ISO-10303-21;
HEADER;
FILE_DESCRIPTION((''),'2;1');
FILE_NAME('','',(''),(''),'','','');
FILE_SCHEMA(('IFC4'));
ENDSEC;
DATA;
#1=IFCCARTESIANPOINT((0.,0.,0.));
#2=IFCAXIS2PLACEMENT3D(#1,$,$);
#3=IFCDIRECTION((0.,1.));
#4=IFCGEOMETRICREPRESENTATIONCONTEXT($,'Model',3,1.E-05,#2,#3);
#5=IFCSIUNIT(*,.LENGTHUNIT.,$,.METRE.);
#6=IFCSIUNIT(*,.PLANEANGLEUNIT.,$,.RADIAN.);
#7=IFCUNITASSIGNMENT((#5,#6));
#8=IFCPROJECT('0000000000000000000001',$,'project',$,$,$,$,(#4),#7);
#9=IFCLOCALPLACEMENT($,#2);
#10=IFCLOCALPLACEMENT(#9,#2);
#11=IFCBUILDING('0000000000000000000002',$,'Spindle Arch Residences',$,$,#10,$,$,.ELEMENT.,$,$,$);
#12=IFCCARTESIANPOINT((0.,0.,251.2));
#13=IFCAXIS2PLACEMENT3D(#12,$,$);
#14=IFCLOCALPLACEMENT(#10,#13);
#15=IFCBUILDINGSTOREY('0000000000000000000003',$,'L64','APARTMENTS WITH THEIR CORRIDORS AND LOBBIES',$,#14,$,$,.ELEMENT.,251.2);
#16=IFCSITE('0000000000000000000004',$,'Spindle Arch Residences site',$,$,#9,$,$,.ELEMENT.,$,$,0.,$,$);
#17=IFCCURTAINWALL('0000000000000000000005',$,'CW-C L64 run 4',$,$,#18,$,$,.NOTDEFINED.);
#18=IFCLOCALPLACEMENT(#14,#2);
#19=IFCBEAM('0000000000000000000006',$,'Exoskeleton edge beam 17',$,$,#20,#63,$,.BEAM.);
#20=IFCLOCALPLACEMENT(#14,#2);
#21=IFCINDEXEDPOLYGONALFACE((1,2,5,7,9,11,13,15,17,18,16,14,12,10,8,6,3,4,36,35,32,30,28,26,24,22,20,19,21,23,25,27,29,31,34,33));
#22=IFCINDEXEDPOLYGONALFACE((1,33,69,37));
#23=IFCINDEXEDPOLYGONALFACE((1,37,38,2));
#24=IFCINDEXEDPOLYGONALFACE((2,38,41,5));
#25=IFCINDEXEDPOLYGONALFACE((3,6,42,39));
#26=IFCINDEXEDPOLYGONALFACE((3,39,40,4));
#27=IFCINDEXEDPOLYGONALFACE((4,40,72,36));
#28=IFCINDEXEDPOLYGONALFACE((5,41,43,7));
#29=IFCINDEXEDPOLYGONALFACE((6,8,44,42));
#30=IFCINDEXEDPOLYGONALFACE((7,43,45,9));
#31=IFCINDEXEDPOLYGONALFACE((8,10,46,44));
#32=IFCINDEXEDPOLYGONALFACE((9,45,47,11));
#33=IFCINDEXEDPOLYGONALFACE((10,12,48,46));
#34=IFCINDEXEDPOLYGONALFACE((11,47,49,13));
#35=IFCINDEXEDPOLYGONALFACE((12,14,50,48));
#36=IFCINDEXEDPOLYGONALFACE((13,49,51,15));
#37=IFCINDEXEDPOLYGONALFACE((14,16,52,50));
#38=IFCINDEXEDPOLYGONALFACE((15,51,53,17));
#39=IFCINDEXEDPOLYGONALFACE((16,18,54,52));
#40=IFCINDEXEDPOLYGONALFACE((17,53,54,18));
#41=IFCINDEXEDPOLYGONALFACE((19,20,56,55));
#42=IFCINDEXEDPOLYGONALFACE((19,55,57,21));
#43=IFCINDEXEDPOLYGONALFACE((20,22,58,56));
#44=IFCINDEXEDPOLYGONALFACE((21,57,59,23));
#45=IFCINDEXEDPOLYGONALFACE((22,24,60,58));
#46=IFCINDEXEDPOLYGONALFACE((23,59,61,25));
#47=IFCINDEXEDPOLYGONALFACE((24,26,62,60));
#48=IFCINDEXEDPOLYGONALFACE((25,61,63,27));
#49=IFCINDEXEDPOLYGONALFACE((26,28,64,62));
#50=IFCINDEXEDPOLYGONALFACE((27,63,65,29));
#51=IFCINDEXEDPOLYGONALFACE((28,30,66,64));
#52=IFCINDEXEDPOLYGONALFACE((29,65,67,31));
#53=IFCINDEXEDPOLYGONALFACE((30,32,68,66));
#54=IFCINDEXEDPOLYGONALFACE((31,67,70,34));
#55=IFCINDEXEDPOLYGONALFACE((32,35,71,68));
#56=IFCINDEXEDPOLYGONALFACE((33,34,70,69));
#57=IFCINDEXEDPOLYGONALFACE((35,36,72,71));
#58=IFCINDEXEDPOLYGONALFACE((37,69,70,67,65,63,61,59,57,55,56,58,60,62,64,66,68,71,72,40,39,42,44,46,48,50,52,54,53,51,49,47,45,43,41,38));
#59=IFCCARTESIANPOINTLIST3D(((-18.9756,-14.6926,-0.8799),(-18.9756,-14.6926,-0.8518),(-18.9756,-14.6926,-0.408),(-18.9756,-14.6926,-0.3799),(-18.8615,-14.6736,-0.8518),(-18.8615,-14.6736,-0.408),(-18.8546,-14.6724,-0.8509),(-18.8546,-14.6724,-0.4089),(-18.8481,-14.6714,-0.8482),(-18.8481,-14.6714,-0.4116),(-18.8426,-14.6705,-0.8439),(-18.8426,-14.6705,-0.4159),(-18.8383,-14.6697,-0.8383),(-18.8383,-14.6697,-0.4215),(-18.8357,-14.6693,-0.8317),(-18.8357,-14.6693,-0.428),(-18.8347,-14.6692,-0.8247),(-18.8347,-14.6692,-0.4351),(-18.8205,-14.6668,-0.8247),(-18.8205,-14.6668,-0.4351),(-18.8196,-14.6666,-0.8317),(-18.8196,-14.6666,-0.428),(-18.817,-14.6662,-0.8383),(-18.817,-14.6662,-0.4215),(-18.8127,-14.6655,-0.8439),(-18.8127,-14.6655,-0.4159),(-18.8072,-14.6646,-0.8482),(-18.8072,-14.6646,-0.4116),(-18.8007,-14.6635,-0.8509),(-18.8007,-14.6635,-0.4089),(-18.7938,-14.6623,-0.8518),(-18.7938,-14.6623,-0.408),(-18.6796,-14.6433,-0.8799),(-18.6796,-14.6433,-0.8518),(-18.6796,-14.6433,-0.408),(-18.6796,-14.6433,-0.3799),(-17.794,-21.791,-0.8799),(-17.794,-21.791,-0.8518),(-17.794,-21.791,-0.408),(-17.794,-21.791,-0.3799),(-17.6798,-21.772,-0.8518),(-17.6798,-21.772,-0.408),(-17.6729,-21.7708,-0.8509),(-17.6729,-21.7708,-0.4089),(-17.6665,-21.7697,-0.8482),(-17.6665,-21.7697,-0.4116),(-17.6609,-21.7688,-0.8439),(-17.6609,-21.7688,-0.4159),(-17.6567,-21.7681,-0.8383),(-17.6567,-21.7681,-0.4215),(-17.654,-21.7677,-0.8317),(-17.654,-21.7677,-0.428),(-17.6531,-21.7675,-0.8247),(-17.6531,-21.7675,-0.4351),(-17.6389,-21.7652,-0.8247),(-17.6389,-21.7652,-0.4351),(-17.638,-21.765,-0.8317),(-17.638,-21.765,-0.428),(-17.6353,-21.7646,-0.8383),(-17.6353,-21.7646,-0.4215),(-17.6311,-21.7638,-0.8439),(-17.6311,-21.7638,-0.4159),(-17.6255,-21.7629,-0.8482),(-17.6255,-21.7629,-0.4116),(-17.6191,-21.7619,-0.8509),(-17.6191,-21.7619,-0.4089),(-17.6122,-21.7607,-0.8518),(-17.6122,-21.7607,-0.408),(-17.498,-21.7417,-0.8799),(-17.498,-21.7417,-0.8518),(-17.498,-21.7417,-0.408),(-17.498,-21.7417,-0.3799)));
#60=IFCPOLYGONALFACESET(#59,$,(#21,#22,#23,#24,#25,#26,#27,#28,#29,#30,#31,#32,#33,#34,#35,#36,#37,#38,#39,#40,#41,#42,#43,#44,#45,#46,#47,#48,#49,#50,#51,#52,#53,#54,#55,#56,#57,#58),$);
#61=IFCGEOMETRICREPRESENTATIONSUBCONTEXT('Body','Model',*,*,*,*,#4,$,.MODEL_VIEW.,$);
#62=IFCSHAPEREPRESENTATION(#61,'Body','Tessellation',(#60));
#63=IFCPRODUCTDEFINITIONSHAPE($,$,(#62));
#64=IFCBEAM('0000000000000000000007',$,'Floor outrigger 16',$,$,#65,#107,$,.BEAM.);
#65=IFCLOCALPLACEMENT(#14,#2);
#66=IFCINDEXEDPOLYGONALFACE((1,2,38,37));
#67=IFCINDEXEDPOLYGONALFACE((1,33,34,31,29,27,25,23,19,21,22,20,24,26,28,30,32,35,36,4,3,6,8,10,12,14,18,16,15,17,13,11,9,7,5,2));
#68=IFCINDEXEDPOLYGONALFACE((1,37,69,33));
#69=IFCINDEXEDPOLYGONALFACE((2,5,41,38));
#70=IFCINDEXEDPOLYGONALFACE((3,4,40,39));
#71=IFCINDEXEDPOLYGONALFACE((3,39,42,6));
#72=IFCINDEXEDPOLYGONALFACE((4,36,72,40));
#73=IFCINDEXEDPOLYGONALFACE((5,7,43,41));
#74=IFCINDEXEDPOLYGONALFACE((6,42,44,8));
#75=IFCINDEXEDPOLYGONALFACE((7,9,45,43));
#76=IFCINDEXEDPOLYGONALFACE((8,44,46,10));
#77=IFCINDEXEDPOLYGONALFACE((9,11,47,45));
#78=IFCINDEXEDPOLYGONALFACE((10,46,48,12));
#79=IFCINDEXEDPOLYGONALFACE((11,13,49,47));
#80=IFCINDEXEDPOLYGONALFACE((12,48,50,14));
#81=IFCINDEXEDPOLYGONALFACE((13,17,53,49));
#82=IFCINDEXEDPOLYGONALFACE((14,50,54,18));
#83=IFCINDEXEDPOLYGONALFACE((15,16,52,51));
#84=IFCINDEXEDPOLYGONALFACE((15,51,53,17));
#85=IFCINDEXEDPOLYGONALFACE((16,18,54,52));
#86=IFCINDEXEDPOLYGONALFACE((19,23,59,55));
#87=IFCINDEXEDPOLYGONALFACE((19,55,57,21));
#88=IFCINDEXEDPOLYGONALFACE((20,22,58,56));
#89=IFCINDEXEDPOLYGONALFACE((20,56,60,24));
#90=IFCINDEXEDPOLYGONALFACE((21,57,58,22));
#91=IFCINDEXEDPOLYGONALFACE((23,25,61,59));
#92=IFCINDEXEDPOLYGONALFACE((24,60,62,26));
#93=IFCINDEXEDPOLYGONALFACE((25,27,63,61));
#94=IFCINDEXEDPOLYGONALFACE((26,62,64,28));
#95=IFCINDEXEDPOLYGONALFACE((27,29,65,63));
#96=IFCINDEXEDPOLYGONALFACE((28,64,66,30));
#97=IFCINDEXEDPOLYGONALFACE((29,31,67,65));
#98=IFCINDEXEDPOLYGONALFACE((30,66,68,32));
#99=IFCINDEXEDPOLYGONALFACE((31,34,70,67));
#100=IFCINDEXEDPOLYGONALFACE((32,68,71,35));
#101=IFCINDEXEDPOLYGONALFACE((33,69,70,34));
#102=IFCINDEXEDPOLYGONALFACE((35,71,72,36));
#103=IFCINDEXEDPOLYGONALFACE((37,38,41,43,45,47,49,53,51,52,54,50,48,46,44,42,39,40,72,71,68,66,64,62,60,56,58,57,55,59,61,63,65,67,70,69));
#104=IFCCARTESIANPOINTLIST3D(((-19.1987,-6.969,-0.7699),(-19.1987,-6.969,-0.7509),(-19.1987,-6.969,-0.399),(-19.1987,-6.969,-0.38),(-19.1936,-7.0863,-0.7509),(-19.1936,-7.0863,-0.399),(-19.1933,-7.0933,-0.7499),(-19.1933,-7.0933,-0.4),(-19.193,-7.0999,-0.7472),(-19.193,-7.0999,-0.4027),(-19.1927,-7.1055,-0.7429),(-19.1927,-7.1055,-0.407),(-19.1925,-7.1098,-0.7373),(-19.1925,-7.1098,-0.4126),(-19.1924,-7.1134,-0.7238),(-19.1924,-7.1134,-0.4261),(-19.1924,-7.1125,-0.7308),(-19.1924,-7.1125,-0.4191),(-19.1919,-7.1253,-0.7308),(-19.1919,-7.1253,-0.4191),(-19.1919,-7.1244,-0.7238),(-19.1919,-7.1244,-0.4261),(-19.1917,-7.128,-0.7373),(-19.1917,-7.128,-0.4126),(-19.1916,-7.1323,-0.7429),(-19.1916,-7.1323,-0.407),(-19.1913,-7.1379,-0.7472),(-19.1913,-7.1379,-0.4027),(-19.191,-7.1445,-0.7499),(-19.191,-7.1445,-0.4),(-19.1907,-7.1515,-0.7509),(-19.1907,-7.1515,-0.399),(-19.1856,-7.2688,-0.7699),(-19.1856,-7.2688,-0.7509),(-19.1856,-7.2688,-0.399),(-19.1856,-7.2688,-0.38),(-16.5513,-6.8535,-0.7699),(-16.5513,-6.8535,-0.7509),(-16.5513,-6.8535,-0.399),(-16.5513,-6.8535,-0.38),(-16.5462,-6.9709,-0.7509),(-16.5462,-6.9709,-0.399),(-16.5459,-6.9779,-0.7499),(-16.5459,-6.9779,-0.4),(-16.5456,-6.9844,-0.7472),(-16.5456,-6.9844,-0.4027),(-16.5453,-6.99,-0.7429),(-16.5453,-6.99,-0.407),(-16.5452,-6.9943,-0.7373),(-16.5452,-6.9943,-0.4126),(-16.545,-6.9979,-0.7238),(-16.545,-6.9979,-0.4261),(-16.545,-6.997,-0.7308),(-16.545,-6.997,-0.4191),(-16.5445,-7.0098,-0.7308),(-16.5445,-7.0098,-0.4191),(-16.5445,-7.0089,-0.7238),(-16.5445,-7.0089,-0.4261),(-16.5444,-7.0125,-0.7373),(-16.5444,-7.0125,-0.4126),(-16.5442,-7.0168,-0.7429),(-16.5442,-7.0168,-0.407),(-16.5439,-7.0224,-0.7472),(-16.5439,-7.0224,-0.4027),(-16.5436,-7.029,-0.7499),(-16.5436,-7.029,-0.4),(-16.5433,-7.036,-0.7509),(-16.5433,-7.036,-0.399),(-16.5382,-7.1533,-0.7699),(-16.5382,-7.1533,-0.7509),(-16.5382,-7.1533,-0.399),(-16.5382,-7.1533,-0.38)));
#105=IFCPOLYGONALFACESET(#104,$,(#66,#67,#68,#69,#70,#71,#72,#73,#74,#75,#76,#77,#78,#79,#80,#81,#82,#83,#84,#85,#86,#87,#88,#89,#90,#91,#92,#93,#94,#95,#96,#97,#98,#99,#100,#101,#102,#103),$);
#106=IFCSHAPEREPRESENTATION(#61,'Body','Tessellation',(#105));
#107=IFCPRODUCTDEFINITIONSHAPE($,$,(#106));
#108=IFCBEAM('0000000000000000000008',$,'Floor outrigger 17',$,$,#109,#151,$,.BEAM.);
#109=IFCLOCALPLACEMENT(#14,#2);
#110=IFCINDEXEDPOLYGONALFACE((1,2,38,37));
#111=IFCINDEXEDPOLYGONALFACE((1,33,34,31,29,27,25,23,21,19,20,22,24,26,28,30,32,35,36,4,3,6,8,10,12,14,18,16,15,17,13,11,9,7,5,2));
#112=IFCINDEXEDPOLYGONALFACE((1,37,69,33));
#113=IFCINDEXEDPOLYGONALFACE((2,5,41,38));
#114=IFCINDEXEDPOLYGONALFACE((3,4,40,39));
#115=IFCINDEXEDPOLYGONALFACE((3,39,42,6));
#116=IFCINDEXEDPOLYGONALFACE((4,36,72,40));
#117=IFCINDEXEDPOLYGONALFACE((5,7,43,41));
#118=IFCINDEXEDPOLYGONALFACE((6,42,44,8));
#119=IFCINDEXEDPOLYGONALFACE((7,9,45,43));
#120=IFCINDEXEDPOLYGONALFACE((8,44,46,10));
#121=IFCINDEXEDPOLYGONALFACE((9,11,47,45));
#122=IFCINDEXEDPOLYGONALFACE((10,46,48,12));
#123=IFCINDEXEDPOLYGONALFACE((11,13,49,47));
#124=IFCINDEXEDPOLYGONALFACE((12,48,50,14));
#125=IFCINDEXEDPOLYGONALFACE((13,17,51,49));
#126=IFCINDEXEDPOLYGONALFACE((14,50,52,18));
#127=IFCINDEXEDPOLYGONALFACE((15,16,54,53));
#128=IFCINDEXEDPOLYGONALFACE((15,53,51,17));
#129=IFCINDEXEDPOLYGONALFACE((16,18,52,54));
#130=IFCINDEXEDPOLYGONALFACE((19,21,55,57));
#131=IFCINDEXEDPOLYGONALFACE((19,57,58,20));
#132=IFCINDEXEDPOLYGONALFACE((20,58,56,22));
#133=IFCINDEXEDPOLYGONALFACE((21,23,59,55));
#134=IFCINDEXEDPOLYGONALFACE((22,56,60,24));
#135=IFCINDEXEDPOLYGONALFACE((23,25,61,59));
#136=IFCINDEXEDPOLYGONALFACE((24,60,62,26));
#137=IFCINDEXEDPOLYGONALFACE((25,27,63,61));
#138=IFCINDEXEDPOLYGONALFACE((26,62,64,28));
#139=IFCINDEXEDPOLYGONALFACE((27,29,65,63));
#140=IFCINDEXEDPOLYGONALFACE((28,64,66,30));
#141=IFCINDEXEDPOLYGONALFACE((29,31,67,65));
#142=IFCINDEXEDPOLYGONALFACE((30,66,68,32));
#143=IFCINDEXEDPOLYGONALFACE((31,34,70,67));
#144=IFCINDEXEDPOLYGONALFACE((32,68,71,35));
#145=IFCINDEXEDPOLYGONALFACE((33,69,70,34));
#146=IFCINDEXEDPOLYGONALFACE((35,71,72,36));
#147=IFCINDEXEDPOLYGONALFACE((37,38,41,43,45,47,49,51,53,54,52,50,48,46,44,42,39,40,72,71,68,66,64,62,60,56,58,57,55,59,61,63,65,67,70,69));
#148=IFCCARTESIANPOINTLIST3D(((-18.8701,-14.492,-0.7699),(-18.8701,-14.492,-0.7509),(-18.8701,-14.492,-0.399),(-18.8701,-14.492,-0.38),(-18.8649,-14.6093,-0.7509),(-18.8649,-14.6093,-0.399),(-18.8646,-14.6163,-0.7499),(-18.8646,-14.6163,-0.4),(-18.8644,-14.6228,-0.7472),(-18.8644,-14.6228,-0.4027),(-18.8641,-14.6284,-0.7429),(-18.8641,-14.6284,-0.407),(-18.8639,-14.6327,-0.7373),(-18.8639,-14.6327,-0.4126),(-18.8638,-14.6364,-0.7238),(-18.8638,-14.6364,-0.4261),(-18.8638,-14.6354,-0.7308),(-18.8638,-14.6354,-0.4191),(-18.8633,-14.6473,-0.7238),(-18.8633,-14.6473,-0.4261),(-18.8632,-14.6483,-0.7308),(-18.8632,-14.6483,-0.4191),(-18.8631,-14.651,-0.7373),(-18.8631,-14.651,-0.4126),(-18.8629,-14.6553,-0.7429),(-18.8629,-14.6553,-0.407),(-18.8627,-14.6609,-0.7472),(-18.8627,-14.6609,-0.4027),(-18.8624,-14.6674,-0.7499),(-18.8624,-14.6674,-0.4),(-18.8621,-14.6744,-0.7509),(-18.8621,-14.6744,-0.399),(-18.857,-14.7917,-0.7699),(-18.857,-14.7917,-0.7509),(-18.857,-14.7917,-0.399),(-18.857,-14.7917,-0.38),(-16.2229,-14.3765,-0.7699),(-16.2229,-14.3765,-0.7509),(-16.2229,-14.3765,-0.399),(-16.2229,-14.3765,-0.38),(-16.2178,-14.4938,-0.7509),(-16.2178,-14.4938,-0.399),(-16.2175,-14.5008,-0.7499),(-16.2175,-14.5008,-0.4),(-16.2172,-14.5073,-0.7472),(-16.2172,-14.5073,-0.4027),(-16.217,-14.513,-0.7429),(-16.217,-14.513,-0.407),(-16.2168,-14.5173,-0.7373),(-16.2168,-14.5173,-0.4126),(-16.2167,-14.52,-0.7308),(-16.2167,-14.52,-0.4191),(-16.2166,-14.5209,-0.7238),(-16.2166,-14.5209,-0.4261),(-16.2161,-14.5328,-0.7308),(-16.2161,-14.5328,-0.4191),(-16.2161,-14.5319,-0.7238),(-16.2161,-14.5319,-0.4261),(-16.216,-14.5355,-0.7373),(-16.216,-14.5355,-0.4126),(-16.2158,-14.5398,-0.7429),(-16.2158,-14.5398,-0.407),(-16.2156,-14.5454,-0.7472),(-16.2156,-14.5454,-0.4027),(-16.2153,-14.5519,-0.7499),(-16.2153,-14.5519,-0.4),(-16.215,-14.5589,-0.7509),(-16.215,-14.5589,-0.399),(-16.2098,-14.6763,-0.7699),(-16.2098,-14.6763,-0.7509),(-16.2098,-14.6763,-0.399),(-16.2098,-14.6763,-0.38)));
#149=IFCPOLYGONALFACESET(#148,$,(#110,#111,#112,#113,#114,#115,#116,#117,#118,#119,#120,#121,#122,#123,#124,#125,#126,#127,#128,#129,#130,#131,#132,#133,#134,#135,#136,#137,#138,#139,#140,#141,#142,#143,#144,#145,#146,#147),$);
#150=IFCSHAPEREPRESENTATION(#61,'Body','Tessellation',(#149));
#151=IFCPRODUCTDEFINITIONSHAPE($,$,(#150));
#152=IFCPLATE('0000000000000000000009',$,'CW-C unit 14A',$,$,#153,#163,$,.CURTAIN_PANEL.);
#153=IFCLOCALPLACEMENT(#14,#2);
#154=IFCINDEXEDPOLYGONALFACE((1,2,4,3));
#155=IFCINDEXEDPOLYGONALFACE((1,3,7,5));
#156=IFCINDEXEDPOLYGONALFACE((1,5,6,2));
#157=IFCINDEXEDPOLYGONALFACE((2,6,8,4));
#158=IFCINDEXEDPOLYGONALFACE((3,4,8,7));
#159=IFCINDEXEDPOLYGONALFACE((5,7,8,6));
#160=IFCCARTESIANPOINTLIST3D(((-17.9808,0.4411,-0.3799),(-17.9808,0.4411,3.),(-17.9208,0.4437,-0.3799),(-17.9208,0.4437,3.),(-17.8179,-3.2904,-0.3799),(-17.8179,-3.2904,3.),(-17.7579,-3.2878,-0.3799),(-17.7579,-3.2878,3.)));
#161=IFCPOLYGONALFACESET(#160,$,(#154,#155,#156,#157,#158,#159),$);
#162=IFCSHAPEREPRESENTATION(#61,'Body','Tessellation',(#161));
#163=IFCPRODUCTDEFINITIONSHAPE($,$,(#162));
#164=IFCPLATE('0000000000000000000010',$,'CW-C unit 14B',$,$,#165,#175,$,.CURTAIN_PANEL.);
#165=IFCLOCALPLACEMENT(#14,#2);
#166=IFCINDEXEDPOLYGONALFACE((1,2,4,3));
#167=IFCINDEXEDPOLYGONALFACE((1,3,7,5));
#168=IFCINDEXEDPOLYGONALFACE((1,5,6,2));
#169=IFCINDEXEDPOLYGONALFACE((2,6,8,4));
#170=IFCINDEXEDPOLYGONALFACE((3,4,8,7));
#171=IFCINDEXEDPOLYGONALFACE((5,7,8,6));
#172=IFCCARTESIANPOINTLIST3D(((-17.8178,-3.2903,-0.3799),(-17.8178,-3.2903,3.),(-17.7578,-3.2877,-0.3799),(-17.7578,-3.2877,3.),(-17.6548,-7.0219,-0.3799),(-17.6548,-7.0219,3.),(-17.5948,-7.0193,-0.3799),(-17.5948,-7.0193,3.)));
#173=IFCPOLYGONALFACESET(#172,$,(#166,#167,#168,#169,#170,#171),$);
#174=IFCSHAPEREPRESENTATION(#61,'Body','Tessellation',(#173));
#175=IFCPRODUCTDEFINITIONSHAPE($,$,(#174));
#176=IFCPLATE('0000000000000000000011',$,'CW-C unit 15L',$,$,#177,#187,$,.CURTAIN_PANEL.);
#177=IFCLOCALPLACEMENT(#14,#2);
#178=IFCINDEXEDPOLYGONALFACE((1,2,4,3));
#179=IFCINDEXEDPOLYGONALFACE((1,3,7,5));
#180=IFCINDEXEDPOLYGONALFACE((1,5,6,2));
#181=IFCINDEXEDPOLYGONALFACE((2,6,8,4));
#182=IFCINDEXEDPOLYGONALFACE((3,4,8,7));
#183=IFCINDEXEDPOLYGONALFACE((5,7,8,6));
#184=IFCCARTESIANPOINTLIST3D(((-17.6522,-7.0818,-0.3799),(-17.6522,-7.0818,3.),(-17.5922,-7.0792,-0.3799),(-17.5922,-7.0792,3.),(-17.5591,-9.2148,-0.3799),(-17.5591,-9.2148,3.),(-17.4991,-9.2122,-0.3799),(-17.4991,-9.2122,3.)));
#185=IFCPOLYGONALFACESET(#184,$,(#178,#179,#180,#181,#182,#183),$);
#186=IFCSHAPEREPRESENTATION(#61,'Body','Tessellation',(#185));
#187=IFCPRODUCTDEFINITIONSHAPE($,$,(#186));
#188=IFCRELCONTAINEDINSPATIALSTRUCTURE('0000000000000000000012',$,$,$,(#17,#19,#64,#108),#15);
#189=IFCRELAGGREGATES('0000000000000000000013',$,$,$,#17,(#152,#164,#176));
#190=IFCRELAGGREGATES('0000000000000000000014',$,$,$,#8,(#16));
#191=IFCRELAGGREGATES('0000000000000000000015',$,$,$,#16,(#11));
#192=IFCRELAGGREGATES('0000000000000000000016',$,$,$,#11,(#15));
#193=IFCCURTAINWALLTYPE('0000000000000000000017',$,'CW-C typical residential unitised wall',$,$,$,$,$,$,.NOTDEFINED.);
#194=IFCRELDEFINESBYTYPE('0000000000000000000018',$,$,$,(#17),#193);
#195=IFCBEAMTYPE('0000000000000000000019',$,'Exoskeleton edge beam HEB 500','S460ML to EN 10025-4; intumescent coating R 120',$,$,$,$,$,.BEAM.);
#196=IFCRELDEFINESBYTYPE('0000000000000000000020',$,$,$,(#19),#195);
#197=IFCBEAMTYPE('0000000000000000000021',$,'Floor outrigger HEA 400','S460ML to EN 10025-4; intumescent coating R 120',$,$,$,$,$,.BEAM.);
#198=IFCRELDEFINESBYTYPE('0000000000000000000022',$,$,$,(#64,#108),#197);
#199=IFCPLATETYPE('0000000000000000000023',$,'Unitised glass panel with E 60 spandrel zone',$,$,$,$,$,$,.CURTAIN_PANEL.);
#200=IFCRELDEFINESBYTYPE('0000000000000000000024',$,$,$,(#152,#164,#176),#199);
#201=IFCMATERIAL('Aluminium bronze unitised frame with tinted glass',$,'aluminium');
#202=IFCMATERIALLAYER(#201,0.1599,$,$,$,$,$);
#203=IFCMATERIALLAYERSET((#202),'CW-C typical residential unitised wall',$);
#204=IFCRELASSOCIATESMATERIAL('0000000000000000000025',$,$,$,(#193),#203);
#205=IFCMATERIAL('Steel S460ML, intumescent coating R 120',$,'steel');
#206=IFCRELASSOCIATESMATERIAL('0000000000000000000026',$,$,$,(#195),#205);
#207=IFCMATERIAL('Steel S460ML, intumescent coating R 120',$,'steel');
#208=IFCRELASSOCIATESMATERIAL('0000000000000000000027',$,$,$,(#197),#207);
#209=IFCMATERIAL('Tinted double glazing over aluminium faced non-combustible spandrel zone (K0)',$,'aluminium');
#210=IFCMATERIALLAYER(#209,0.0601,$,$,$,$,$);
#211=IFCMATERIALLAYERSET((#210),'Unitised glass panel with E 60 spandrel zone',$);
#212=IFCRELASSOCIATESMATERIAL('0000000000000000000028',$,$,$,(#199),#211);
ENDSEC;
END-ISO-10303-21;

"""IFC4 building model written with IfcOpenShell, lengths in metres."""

from ifc_helpers import new_model, si_unit, direction, frame, origin, origin_2d, place, context, subcontext, project, spatial, rectangle, i_section, extrude, material, layer, layer_set, material_profile, profile_set, type_object, element, aggregate, save


model = new_model("IFC4")

# Units and contexts
model_context = context("Model", 3, precision=1e-05, world=origin(), true_north=direction((0.0, 1.0)))
body_context = subcontext(model_context, "Body", "Model", "MODEL_VIEW")
ifc_project = project(units=[si_unit("LENGTHUNIT", "METRE"), si_unit("PLANEANGLEUNIT", "RADIAN")], contexts=[model_context])

# Site, building, storey
site_placement = place(None, origin())
site = spatial("IfcSite", under=ifc_project, at=site_placement, Name="Spindle Arch Residences site", CompositionType="ELEMENT", RefElevation=0.0)
building_placement = place(site_placement, origin())
building = spatial("IfcBuilding", under=site, at=building_placement, Name="Spindle Arch Residences", CompositionType="ELEMENT")
storey_placement = place(building_placement, frame((0.0, 0.0, 251.2)))
storey = spatial("IfcBuildingStorey", under=building, at=storey_placement, Name="L64", Description="APARTMENTS WITH THEIR CORRIDORS AND LOBBIES", CompositionType="ELEMENT", Elevation=251.2)

# Curtain wall
ifc_material_1 = material(Name="Aluminium bronze unitised frame with tinted glass", Category="aluminium")
ifc_layer_1 = layer(ifc_material_1, 0.1599)
ifc_layer_set_1 = layer_set([ifc_layer_1], Name="CW-C typical residential unitised wall")
curtain_wall_type_1 = type_object("IfcCurtainWallType", Name="CW-C typical residential unitised wall", PredefinedType="NOTDEFINED", material=ifc_layer_set_1)
curtain_wall_1_placement = place(storey_placement, origin())
curtain_wall_1 = element("IfcCurtainWall", 1, at=curtain_wall_1_placement, inside=storey, type_object=curtain_wall_type_1, Name="CW-C L64 run 4", PredefinedType="NOTDEFINED")

# Beams
ifc_material_2 = material(Name="Steel S460ML, intumescent coating R 120", Category="steel")
ifc_material_profile_1 = material_profile(ifc_material_2, i_section(OverallWidth=0.3, OverallDepth=0.5, WebThickness=0.0144, FlangeThickness=0.0281, FilletRadius=0.0271, at=origin_2d()), Name="HEB 500")
ifc_profile_set_1 = profile_set([ifc_material_profile_1], Name="Steel S460ML, intumescent coating R 120")
beam_type_1 = type_object("IfcBeamType", Name="Exoskeleton edge beam HEB 500", Description="S460ML to EN 10025-4; intumescent coating R 120", PredefinedType="BEAM", material=ifc_profile_set_1)
beam_1_placement = place(storey_placement, frame((-18.8276, -14.668, -0.6299), z_axis=(0.164206, -0.986426, 0.0), x_axis=(0.986426, 0.164206, 0.0)))
element("IfcBeam", 2, at=beam_1_placement, inside=storey, type_object=beam_type_1, Name="Exoskeleton edge beam 17", PredefinedType="BEAM", context=body_context, shape_type="SweptSolid", body=[
    extrude(i_section(OverallWidth=0.3, OverallDepth=0.5, WebThickness=0.0144, FlangeThickness=0.0281, FilletRadius=0.0271, at=origin_2d()), origin(), (0.0, 0.0, 1.0), 7.196),
])
ifc_material_3 = material(Name="Steel S460ML, intumescent coating R 120", Category="steel")
ifc_material_profile_2 = material_profile(ifc_material_3, i_section(OverallWidth=0.3, OverallDepth=0.3899, WebThickness=0.011, FlangeThickness=0.019, FilletRadius=0.0271, at=origin_2d()), Name="HEA 400")
ifc_profile_set_2 = profile_set([ifc_material_profile_2], Name="Steel S460ML, intumescent coating R 120")
beam_type_2 = type_object("IfcBeamType", Name="Floor outrigger HEA 400", Description="S460ML to EN 10025-4; intumescent coating R 120", PredefinedType="BEAM", material=ifc_profile_set_2)
beam_2_placement = place(storey_placement, frame((-19.1921, -7.1189, -0.575), z_axis=(0.99905, 0.043577, 0.0), x_axis=(-0.043577, 0.99905, 0.0)))
element("IfcBeam", 3, at=beam_2_placement, inside=storey, type_object=beam_type_2, Name="Floor outrigger 16", PredefinedType="BEAM", context=body_context, shape_type="SweptSolid", body=[
    extrude(i_section(OverallWidth=0.3, OverallDepth=0.3899, WebThickness=0.011, FlangeThickness=0.019, FilletRadius=0.0271, at=origin_2d()), origin(), (0.0, 0.0, 1.0), 2.6499),
])
beam_3_placement = place(storey_placement, frame((-18.8635, -14.6418, -0.575), z_axis=(0.99905, 0.043581, 0.0), x_axis=(-0.043581, 0.99905, 0.0)))
element("IfcBeam", 4, at=beam_3_placement, inside=storey, type_object=beam_type_2, Name="Floor outrigger 17", PredefinedType="BEAM", context=body_context, shape_type="SweptSolid", body=[
    extrude(i_section(OverallWidth=0.3, OverallDepth=0.3899, WebThickness=0.011, FlangeThickness=0.019, FilletRadius=0.0271, at=origin_2d()), origin(), (0.0, 0.0, 1.0), 2.6497),
])

# Plates
ifc_material_4 = material(Name="Tinted double glazing over aluminium faced non-combustible spandrel zone (K0)", Category="aluminium")
ifc_layer_2 = layer(ifc_material_4, 0.0601)
ifc_layer_set_2 = layer_set([ifc_layer_2], Name="Unitised glass panel with E 60 spandrel zone")
plate_type = type_object("IfcPlateType", Name="Unitised glass panel with E 60 spandrel zone", PredefinedType="CURTAIN_PANEL", material=ifc_layer_set_2)
plate_1_placement = place(storey_placement, frame((-17.8694, -1.4233, -0.3799), z_axis=(0.0, 0.0, 1.0), x_axis=(0.043619, -0.999048, 0.0)))
plate_1 = element("IfcPlate", 5, at=plate_1_placement, type_object=plate_type, Name="CW-C unit 14A", PredefinedType="CURTAIN_PANEL", context=body_context, shape_type="SweptSolid", body=[
    extrude(rectangle(XDim=3.7351, YDim=0.0601, at=origin_2d()), origin(), (0.0, 0.0, 1.0), 3.3799),
])
plate_2_placement = place(storey_placement, frame((-17.7063, -5.1548, -0.3799), z_axis=(0.0, 0.0, 1.0), x_axis=(0.043619, -0.999048, 0.0)))
plate_2 = element("IfcPlate", 6, at=plate_2_placement, type_object=plate_type, Name="CW-C unit 14B", PredefinedType="CURTAIN_PANEL", context=body_context, shape_type="SweptSolid", body=[
    extrude(rectangle(XDim=3.7351, YDim=0.0601, at=origin_2d()), origin(), (0.0, 0.0, 1.0), 3.3799),
])
plate_3_placement = place(storey_placement, frame((-17.5757, -8.147, -0.3799), z_axis=(0.0, 0.0, 1.0), x_axis=(0.043619, -0.999048, 0.0)))
plate_3 = element("IfcPlate", 7, at=plate_3_placement, type_object=plate_type, Name="CW-C unit 15L", PredefinedType="CURTAIN_PANEL", context=body_context, shape_type="SweptSolid", body=[
    extrude(rectangle(XDim=2.135, YDim=0.0601, at=origin_2d()), origin(), (0.0, 0.0, 1.0), 3.3799),
])
aggregate(curtain_wall_1, [plate_1, plate_2, plate_3])

save(model, "model.ifc")
